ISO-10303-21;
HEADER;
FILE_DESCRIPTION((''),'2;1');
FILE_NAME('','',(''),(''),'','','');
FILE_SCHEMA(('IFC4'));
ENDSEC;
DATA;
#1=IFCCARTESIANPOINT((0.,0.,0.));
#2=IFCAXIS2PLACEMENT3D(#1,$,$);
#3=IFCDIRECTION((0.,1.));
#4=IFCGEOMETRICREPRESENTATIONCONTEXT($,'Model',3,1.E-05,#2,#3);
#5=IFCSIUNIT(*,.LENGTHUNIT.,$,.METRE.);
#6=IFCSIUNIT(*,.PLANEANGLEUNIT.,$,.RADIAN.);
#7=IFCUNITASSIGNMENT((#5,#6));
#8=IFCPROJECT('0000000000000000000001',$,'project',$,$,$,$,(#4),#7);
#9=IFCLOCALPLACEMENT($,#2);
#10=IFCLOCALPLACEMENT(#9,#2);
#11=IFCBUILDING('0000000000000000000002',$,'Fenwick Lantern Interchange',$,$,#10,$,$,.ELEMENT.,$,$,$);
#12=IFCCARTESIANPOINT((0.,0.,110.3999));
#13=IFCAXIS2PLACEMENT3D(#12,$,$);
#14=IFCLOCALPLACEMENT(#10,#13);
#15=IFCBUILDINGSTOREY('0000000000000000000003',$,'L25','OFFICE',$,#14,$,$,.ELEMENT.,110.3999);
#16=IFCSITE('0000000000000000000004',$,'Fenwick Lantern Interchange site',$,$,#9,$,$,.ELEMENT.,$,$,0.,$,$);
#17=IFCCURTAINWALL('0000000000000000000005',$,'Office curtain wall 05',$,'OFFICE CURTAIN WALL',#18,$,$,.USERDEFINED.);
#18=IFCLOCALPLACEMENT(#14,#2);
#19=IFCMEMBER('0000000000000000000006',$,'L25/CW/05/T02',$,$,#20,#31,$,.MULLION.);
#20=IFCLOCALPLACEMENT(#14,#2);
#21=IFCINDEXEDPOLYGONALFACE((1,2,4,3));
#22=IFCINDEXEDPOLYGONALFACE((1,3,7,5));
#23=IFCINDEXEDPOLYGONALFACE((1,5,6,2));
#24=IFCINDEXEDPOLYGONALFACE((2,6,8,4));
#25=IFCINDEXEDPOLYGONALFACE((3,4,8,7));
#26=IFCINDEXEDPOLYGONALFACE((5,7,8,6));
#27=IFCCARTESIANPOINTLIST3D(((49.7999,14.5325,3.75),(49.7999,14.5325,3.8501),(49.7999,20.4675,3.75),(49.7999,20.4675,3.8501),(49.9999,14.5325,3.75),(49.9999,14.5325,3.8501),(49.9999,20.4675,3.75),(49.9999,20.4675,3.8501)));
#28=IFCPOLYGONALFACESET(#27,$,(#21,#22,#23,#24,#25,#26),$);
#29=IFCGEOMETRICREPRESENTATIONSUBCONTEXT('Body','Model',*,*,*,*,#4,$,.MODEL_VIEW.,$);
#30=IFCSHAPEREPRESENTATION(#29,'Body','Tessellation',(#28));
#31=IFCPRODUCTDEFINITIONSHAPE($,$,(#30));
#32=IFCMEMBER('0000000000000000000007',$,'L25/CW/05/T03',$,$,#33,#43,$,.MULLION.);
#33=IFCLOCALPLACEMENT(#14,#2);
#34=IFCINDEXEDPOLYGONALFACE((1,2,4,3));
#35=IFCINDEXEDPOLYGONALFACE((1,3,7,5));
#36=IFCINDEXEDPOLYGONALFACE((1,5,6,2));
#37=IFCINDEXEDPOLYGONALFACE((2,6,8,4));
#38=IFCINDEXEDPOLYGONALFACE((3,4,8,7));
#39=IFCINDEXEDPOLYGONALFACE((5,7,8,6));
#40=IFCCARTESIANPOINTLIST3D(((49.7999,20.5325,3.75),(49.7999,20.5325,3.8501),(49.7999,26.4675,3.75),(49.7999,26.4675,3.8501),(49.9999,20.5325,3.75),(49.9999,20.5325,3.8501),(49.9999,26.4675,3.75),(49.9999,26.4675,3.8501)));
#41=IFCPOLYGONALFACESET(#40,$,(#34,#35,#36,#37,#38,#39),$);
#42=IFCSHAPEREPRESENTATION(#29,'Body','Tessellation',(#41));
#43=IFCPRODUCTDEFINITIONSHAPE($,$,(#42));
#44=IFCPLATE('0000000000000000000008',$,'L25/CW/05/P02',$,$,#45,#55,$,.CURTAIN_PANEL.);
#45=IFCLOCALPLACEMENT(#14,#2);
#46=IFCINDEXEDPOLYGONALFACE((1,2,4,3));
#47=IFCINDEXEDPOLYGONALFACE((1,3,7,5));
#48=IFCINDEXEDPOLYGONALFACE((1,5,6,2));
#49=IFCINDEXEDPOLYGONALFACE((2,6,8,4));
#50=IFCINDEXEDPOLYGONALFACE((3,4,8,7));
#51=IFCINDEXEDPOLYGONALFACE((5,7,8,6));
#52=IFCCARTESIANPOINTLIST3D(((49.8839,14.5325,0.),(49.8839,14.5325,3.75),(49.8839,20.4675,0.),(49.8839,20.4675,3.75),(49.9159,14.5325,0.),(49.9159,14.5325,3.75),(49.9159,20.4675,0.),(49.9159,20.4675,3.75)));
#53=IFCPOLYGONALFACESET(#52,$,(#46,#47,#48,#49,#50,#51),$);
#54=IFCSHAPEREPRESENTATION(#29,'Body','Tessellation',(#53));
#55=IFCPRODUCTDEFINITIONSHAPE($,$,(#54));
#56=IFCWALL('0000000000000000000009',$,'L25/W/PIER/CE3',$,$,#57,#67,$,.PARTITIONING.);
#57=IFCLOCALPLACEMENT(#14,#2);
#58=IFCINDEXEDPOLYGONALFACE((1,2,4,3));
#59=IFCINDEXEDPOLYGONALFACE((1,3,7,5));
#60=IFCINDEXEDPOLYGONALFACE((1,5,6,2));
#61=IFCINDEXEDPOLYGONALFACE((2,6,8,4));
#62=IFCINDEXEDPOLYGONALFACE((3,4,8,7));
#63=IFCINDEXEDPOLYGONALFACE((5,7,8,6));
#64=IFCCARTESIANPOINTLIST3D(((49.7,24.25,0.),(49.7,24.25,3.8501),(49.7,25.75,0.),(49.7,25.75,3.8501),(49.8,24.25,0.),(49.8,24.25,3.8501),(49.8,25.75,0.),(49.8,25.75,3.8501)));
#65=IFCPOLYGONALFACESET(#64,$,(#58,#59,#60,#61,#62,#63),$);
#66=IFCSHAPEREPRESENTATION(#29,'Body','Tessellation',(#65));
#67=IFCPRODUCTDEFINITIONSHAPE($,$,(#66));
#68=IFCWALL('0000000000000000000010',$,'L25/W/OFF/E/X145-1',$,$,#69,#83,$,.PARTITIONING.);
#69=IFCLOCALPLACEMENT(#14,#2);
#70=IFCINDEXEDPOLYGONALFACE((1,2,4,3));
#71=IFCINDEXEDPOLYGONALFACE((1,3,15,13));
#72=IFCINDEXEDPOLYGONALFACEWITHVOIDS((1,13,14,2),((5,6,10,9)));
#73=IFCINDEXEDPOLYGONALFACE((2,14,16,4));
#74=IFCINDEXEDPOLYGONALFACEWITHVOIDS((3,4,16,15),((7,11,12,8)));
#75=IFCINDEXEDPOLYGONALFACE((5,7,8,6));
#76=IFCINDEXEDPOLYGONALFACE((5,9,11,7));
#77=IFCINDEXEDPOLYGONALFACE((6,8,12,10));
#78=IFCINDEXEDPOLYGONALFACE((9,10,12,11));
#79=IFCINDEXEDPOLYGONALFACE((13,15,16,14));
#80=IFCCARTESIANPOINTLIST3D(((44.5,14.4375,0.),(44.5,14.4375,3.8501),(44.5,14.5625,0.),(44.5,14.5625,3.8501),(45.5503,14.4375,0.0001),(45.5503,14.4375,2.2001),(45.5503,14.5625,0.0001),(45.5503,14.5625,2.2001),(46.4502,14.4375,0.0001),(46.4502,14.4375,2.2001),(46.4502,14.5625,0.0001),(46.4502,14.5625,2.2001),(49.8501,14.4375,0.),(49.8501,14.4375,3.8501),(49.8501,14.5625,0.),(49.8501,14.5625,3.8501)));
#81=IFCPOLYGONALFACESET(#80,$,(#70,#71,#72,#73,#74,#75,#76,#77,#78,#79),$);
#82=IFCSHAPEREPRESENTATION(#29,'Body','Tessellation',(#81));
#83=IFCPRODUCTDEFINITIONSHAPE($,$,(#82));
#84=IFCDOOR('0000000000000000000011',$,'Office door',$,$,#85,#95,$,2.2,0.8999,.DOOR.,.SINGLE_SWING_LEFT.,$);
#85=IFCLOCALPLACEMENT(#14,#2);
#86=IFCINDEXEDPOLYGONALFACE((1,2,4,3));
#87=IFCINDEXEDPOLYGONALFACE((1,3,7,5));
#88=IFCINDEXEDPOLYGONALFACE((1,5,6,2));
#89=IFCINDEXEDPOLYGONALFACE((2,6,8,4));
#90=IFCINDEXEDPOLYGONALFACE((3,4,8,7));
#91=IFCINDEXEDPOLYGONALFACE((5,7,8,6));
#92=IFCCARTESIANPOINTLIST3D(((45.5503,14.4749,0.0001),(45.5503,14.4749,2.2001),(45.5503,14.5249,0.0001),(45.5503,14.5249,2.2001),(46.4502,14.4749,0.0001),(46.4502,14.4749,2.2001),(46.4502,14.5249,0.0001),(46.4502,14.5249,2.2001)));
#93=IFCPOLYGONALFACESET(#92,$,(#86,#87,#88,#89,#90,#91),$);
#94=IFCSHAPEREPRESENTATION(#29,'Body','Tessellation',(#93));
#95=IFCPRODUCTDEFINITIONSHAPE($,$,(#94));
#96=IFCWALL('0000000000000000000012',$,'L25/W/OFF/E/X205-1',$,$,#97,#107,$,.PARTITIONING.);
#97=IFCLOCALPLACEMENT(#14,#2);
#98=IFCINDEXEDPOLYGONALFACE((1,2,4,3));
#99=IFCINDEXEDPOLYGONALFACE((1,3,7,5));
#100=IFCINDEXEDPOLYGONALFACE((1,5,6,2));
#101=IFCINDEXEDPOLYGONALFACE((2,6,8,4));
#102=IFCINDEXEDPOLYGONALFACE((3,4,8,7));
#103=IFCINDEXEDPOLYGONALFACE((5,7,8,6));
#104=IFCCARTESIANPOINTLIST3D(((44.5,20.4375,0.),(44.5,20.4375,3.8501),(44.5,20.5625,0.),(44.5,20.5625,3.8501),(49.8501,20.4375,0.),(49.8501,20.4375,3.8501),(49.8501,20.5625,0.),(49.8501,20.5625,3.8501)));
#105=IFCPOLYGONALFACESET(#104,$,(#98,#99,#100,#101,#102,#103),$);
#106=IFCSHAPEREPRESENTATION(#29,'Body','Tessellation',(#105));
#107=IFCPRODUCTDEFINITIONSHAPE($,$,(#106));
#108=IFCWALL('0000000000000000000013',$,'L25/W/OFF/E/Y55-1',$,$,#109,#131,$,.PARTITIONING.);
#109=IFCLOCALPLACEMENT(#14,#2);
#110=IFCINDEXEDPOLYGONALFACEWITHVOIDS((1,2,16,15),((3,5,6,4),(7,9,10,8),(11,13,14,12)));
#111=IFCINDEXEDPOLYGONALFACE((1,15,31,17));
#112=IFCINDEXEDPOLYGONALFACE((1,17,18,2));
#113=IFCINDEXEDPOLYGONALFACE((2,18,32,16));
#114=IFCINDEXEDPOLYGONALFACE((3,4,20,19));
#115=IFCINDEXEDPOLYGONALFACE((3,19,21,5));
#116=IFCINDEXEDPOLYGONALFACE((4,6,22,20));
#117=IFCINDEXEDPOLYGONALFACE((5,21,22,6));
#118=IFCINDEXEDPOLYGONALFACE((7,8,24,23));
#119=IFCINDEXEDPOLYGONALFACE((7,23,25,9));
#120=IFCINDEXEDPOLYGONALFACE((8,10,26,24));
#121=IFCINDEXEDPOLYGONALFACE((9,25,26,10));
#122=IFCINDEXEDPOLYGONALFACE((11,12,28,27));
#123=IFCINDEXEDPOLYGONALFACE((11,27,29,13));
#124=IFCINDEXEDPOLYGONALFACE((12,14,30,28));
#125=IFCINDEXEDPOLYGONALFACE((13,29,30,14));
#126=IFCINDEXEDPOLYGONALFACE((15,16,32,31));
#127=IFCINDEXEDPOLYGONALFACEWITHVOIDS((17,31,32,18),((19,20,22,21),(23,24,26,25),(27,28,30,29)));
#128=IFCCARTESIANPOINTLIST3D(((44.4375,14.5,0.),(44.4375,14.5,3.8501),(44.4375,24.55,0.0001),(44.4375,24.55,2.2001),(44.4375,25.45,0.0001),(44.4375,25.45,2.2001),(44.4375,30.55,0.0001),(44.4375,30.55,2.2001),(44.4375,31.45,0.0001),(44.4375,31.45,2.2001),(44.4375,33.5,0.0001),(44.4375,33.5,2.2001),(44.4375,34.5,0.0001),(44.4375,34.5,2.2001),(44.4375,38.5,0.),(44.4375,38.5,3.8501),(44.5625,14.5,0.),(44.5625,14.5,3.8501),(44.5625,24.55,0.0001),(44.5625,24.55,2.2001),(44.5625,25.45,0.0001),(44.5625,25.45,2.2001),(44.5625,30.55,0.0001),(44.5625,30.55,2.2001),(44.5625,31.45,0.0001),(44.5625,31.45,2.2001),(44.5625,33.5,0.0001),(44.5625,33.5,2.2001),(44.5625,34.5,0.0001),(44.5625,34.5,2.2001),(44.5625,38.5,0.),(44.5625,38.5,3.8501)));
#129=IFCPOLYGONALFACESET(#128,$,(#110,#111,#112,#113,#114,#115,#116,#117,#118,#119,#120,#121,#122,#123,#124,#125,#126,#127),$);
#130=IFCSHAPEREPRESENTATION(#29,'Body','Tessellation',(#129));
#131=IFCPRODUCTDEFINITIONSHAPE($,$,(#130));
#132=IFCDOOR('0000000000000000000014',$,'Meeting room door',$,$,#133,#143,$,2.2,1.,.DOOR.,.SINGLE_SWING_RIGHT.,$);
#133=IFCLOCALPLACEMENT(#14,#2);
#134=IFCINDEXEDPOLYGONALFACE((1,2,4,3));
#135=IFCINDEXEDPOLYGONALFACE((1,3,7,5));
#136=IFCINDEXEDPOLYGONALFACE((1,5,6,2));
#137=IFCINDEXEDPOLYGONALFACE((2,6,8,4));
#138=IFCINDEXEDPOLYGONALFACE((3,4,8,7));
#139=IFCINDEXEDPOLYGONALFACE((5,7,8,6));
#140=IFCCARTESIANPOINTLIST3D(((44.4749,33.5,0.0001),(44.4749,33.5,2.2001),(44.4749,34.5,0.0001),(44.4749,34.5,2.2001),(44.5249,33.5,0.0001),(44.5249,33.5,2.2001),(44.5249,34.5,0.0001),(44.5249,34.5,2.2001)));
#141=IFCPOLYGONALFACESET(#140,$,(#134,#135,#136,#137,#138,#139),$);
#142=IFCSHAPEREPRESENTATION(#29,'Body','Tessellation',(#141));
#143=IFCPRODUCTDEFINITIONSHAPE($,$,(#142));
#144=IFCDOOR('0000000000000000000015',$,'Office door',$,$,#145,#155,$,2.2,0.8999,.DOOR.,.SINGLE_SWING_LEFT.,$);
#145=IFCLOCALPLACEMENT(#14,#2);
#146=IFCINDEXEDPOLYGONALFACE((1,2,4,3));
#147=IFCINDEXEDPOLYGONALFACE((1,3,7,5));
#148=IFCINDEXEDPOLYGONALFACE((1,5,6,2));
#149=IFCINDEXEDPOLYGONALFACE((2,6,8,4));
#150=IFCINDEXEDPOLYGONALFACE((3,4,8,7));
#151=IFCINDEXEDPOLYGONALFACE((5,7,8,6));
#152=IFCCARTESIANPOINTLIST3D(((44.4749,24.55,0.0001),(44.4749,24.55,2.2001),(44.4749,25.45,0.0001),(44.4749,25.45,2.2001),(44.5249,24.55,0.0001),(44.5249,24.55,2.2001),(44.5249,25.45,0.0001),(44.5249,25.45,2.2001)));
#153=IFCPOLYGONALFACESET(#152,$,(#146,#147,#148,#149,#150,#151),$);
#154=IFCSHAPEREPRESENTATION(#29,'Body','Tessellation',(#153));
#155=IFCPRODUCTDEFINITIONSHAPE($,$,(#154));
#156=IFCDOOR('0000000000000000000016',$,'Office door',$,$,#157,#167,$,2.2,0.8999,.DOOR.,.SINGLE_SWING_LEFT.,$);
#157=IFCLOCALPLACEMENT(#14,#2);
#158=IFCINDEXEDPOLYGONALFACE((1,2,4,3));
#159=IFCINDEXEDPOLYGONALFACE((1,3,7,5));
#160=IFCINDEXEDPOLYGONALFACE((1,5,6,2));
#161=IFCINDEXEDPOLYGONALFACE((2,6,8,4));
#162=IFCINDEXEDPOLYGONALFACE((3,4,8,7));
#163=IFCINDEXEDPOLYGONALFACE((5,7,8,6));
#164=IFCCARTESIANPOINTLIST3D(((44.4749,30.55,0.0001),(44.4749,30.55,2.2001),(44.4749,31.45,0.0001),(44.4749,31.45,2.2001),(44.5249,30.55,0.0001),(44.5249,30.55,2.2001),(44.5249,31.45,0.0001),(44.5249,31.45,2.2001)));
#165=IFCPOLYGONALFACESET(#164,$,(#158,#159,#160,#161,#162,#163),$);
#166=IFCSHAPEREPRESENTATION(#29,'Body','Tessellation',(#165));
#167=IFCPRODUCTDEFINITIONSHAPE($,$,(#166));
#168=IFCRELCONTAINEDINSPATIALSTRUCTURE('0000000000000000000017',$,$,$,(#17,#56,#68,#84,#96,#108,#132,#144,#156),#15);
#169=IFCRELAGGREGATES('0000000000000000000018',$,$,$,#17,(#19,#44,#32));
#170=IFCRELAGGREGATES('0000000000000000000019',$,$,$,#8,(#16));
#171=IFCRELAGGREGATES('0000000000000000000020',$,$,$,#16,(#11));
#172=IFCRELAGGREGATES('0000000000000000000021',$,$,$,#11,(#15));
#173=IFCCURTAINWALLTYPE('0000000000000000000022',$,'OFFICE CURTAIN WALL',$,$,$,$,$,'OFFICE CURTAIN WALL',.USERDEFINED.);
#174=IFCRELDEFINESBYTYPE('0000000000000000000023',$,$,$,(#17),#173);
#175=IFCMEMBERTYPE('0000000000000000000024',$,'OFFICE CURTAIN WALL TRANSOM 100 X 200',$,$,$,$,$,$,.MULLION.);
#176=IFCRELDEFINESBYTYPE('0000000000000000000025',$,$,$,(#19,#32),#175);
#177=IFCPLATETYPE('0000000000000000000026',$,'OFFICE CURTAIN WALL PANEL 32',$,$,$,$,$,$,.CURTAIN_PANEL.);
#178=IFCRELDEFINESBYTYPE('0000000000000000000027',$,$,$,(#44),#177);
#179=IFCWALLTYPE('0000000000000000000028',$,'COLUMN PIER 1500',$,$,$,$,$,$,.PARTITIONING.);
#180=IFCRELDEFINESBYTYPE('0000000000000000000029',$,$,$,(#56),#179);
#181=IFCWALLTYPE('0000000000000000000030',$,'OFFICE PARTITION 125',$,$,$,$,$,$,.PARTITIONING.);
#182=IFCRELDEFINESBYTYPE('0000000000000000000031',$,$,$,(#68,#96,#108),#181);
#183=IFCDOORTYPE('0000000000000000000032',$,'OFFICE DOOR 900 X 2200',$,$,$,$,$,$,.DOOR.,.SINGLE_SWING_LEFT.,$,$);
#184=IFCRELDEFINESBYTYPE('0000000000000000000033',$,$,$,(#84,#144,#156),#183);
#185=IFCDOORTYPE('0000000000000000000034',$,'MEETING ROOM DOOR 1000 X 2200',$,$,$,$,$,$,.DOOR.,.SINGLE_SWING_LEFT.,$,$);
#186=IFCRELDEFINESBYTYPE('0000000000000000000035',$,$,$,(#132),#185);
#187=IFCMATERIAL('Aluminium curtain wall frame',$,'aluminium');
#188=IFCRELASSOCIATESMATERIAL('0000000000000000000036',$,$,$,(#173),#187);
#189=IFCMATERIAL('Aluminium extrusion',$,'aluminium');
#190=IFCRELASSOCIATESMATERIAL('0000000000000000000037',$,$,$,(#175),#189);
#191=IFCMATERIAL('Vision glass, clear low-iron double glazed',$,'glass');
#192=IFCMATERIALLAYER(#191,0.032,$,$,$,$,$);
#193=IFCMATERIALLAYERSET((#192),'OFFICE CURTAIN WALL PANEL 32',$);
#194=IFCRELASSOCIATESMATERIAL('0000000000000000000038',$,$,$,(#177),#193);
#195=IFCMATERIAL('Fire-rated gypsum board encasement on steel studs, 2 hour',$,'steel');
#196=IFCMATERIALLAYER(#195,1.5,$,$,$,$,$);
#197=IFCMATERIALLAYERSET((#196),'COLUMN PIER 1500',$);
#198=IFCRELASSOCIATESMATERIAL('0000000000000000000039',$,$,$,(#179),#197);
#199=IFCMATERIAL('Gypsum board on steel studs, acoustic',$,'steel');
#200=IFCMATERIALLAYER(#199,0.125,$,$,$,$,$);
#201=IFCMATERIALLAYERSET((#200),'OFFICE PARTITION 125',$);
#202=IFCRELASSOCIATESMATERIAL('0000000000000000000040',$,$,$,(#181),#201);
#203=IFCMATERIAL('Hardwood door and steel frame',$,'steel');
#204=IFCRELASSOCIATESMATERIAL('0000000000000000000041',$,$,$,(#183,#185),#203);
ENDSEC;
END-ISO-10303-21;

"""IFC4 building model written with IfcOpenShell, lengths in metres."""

from ifc_helpers import new_model, si_unit, direction, frame, frame_2d, origin, origin_2d, place, context, subcontext, project, spatial, rectangle, extrude, material, layer, layer_set, material_profile, profile_set, type_object, element, fill, aggregate, save


model = new_model("IFC4")

# Units and contexts
model_context = context("Model", 3, precision=1e-05, world=origin(), true_north=direction((0.0, 1.0)))
body_context = subcontext(model_context, "Body", "Model", "MODEL_VIEW")
ifc_project = project(units=[si_unit("LENGTHUNIT", "METRE"), si_unit("PLANEANGLEUNIT", "RADIAN")], contexts=[model_context])

# Site, building, storey
site_placement = place(None, origin())
site = spatial("IfcSite", under=ifc_project, at=site_placement, Name="Fenwick Lantern Interchange site", CompositionType="ELEMENT", RefElevation=0.0)
building_placement = place(site_placement, origin())
building = spatial("IfcBuilding", under=site, at=building_placement, Name="Fenwick Lantern Interchange", CompositionType="ELEMENT")
storey_placement = place(building_placement, frame((0.0, 0.0, 110.3999)))
storey = spatial("IfcBuildingStorey", under=building, at=storey_placement, Name="L25", Description="OFFICE", CompositionType="ELEMENT", Elevation=110.3999)

# Curtain wall, members, plate
ifc_material_1 = material(Name="Aluminium curtain wall frame", Category="aluminium")
curtain_wall_type = type_object("IfcCurtainWallType", Name="OFFICE CURTAIN WALL", ElementType="OFFICE CURTAIN WALL", PredefinedType="USERDEFINED", material=ifc_material_1)
curtain_wall_placement = place(storey_placement, origin())
curtain_wall = element("IfcCurtainWall", 1, at=curtain_wall_placement, inside=storey, type_object=curtain_wall_type, Name="Office curtain wall 05", ObjectType="OFFICE CURTAIN WALL", PredefinedType="USERDEFINED")
ifc_material_2 = material(Name="Aluminium extrusion", Category="aluminium")
ifc_material_profile_1 = material_profile(ifc_material_2, rectangle(XDim=0.2, YDim=0.1001, at=origin_2d()), Name="OFFICE CURTAIN WALL TRANSOM 100 X 200")
ifc_profile_set_1 = profile_set([ifc_material_profile_1], Name="Aluminium extrusion")
member_type_1 = type_object("IfcMemberType", Name="OFFICE CURTAIN WALL TRANSOM 100 X 200", PredefinedType="MULLION", material=ifc_profile_set_1)
member_1_placement = place(storey_placement, frame((49.8999, 14.5325, 3.8), z_axis=(0.0, 1.0, 0.0), x_axis=(-1.0, 0.0, 0.0)))
member_1 = element("IfcMember", 2, at=member_1_placement, type_object=member_type_1, Name="L25/CW/05/T02", PredefinedType="MULLION", context=body_context, shape_type="SweptSolid", body=[
    extrude(rectangle(XDim=0.2, YDim=0.1001, at=origin_2d()), origin(), (0.0, 0.0, 1.0), 5.9351),
])
member_2_placement = place(storey_placement, frame((49.8999, 20.5325, 3.8), z_axis=(0.0, 1.0, 0.0), x_axis=(-1.0, 0.0, 0.0)))
member_2 = element("IfcMember", 3, at=member_2_placement, type_object=member_type_1, Name="L25/CW/05/T03", PredefinedType="MULLION", context=body_context, shape_type="SweptSolid", body=[
    extrude(rectangle(XDim=0.2, YDim=0.1001, at=origin_2d()), origin(), (0.0, 0.0, 1.0), 5.9351),
])
ifc_material_3 = material(Name="Vision glass, clear low-iron double glazed", Category="glass")
ifc_layer_1 = layer(ifc_material_3, 0.032)
ifc_layer_set_1 = layer_set([ifc_layer_1], Name="OFFICE CURTAIN WALL PANEL 32")
plate_type = type_object("IfcPlateType", Name="OFFICE CURTAIN WALL PANEL 32", PredefinedType="CURTAIN_PANEL", material=ifc_layer_set_1)
plate_placement = place(storey_placement, frame((49.8999, 17.5, 0.0), z_axis=(0.0, 0.0, 1.0), x_axis=(0.0, 1.0, 0.0)))
plate = element("IfcPlate", 4, at=plate_placement, type_object=plate_type, Name="L25/CW/05/P02", PredefinedType="CURTAIN_PANEL", context=body_context, shape_type="SweptSolid", body=[
    extrude(rectangle(XDim=5.9351, YDim=0.032, at=origin_2d()), origin(), (0.0, 0.0, 1.0), 3.75),
])
aggregate(curtain_wall, [member_1, plate, member_2])

# Wall
ifc_material_4 = material(Name="Fire-rated gypsum board encasement on steel studs, 2 hour", Category="steel")
ifc_layer_2 = layer(ifc_material_4, 1.5)
ifc_layer_set_2 = layer_set([ifc_layer_2], Name="COLUMN PIER 1500")
wall_type_1 = type_object("IfcWallType", Name="COLUMN PIER 1500", PredefinedType="PARTITIONING", material=ifc_layer_set_2)
wall_1_placement = place(storey_placement, frame((49.8, 25.0, 0.0), z_axis=(0.0, 0.0, 1.0), x_axis=(-1.0, 0.0, 0.0)))
element("IfcWall", 5, at=wall_1_placement, inside=storey, type_object=wall_type_1, Name="L25/W/PIER/CE3", PredefinedType="PARTITIONING", context=body_context, shape_type="SweptSolid", body=[
    extrude(rectangle(XDim=0.1001, YDim=1.5, at=frame_2d((0.05, 0.0))), origin(), (0.0, 0.0, 1.0), 3.8501),
])

# Wall, opening, door
ifc_material_5 = material(Name="Gypsum board on steel studs, acoustic", Category="steel")
ifc_layer_3 = layer(ifc_material_5, 0.125)
ifc_layer_set_3 = layer_set([ifc_layer_3], Name="OFFICE PARTITION 125")
wall_type_2 = type_object("IfcWallType", Name="OFFICE PARTITION 125", PredefinedType="PARTITIONING", material=ifc_layer_set_3)
wall_2_placement = place(storey_placement, frame((49.8501, 14.5, 0.0), z_axis=(0.0, 0.0, 1.0), x_axis=(-1.0, 0.0, 0.0)))
wall_2 = element("IfcWall", 6, at=wall_2_placement, inside=storey, type_object=wall_type_2, Name="L25/W/OFF/E/X145-1", PredefinedType="PARTITIONING", context=body_context, shape_type="SweptSolid", body=[
    extrude(rectangle(XDim=5.3501, YDim=0.125, at=frame_2d((2.675, 0.0))), origin(), (0.0, 0.0, 1.0), 3.8501),
])
opening_1_placement = place(wall_2_placement, frame((3.3999, 0.0, 0.0)))
opening_1 = element("IfcOpeningElement", 7, at=opening_1_placement, cuts=wall_2, PredefinedType="OPENING", context=body_context, shape_type="SweptSolid", body=[
    extrude(rectangle(XDim=0.8999, YDim=2.2, at=frame_2d((0.45, 1.1001))), frame((0.0, 0.0725, 0.0), z_axis=(0.0, -1.0, 0.0), x_axis=(1.0, 0.0, 0.0)), (0.0, 0.0, 1.0), 0.145),
])
ifc_material_6 = material(Name="Hardwood door and steel frame", Category="steel")
door_type_1 = type_object("IfcDoorType", Name="OFFICE DOOR 900 X 2200", OperationType="SINGLE_SWING_LEFT", PredefinedType="DOOR", material=ifc_material_6)
door_1_placement = place(opening_1_placement, frame((0.8999, 0.0, 0.0), z_axis=(0.0, 0.0, 1.0), x_axis=(-1.0, 0.0, 0.0)))
door_1 = element("IfcDoor", 8, at=door_1_placement, inside=storey, type_object=door_type_1, Name="Office door", OperationType="SINGLE_SWING_LEFT", OverallHeight=2.2, OverallWidth=0.8999, PredefinedType="DOOR", context=body_context, shape_type="SweptSolid", body=[
    extrude(rectangle(XDim=0.8999, YDim=2.2, at=frame_2d((0.45, 1.1001))), frame((0.0, 0.0249, 0.0), z_axis=(0.0, -1.0, 0.0), x_axis=(1.0, 0.0, 0.0)), (0.0, 0.0, 1.0), 0.05),
])
fill(opening_1, door_1)

# Wall
wall_3_placement = place(storey_placement, frame((49.8501, 20.5, 0.0), z_axis=(0.0, 0.0, 1.0), x_axis=(-1.0, 0.0, 0.0)))
element("IfcWall", 9, at=wall_3_placement, inside=storey, type_object=wall_type_2, Name="L25/W/OFF/E/X205-1", PredefinedType="PARTITIONING", context=body_context, shape_type="SweptSolid", body=[
    extrude(rectangle(XDim=5.3501, YDim=0.125, at=frame_2d((2.675, 0.0))), origin(), (0.0, 0.0, 1.0), 3.8501),
])

# Wall, openings, doors
wall_4_placement = place(storey_placement, frame((44.5, 14.5, 0.0), z_axis=(0.0, 0.0, 1.0), x_axis=(0.0, 1.0, 0.0)))
wall_4 = element("IfcWall", 10, at=wall_4_placement, inside=storey, type_object=wall_type_2, Name="L25/W/OFF/E/Y55-1", PredefinedType="PARTITIONING", context=body_context, shape_type="SweptSolid", body=[
    extrude(rectangle(XDim=24.0, YDim=0.125, at=frame_2d((12.0, 0.0))), origin(), (0.0, 0.0, 1.0), 3.8501),
])
opening_2_placement = place(wall_4_placement, frame((10.05, 0.0, 0.0)))
opening_2 = element("IfcOpeningElement", 11, at=opening_2_placement, cuts=wall_4, PredefinedType="OPENING", context=body_context, shape_type="SweptSolid", body=[
    extrude(rectangle(XDim=0.8999, YDim=2.2, at=frame_2d((0.45, 1.1001))), frame((0.0, 0.0725, 0.0), z_axis=(0.0, -1.0, 0.0), x_axis=(1.0, 0.0, 0.0)), (0.0, 0.0, 1.0), 0.145),
])
opening_3_placement = place(wall_4_placement, frame((16.05, 0.0, 0.0)))
opening_3 = element("IfcOpeningElement", 12, at=opening_3_placement, cuts=wall_4, PredefinedType="OPENING", context=body_context, shape_type="SweptSolid", body=[
    extrude(rectangle(XDim=0.8999, YDim=2.2, at=frame_2d((0.45, 1.1001))), frame((0.0, 0.0725, 0.0), z_axis=(0.0, -1.0, 0.0), x_axis=(1.0, 0.0, 0.0)), (0.0, 0.0, 1.0), 0.145),
])
opening_4_placement = place(wall_4_placement, frame((19.0, 0.0, 0.0)))
opening_4 = element("IfcOpeningElement", 13, at=opening_4_placement, cuts=wall_4, PredefinedType="OPENING", context=body_context, shape_type="SweptSolid", body=[
    extrude(rectangle(XDim=1.0, YDim=2.2, at=frame_2d((0.5, 1.1001))), frame((0.0, 0.0725, 0.0), z_axis=(0.0, -1.0, 0.0), x_axis=(1.0, 0.0, 0.0)), (0.0, 0.0, 1.0), 0.145),
])
door_type_2 = type_object("IfcDoorType", Name="MEETING ROOM DOOR 1000 X 2200", OperationType="SINGLE_SWING_LEFT", PredefinedType="DOOR", material=ifc_material_6)
door_2_placement = place(opening_4_placement, frame((1.0, 0.0, 0.0), z_axis=(0.0, 0.0, 1.0), x_axis=(-1.0, 0.0, 0.0)))
door_2 = element("IfcDoor", 14, at=door_2_placement, inside=storey, type_object=door_type_2, Name="Meeting room door", OperationType="SINGLE_SWING_RIGHT", OverallHeight=2.2, OverallWidth=1.0, PredefinedType="DOOR", context=body_context, shape_type="SweptSolid", body=[
    extrude(rectangle(XDim=1.0, YDim=2.2, at=frame_2d((0.5, 1.1001))), frame((0.0, 0.0249, 0.0), z_axis=(0.0, -1.0, 0.0), x_axis=(1.0, 0.0, 0.0)), (0.0, 0.0, 1.0), 0.05),
])
fill(opening_4, door_2)
door_3_placement = place(opening_2_placement, frame((0.8999, 0.0, 0.0), z_axis=(0.0, 0.0, 1.0), x_axis=(-1.0, 0.0, 0.0)))
door_3 = element("IfcDoor", 15, at=door_3_placement, inside=storey, type_object=door_type_1, Name="Office door", OperationType="SINGLE_SWING_LEFT", OverallHeight=2.2, OverallWidth=0.8999, PredefinedType="DOOR", context=body_context, shape_type="SweptSolid", body=[
    extrude(rectangle(XDim=0.8999, YDim=2.2, at=frame_2d((0.45, 1.1001))), frame((0.0, 0.0249, 0.0), z_axis=(0.0, -1.0, 0.0), x_axis=(1.0, 0.0, 0.0)), (0.0, 0.0, 1.0), 0.05),
])
fill(opening_2, door_3)
door_4_placement = place(opening_3_placement, frame((0.8999, 0.0, 0.0), z_axis=(0.0, 0.0, 1.0), x_axis=(-1.0, 0.0, 0.0)))
door_4 = element("IfcDoor", 16, at=door_4_placement, inside=storey, type_object=door_type_1, Name="Office door", OperationType="SINGLE_SWING_LEFT", OverallHeight=2.2, OverallWidth=0.8999, PredefinedType="DOOR", context=body_context, shape_type="SweptSolid", body=[
    extrude(rectangle(XDim=0.8999, YDim=2.2, at=frame_2d((0.45, 1.1001))), frame((0.0, 0.0249, 0.0), z_axis=(0.0, -1.0, 0.0), x_axis=(1.0, 0.0, 0.0)), (0.0, 0.0, 1.0), 0.05),
])
fill(opening_3, door_4)

save(model, "model.ifc")
